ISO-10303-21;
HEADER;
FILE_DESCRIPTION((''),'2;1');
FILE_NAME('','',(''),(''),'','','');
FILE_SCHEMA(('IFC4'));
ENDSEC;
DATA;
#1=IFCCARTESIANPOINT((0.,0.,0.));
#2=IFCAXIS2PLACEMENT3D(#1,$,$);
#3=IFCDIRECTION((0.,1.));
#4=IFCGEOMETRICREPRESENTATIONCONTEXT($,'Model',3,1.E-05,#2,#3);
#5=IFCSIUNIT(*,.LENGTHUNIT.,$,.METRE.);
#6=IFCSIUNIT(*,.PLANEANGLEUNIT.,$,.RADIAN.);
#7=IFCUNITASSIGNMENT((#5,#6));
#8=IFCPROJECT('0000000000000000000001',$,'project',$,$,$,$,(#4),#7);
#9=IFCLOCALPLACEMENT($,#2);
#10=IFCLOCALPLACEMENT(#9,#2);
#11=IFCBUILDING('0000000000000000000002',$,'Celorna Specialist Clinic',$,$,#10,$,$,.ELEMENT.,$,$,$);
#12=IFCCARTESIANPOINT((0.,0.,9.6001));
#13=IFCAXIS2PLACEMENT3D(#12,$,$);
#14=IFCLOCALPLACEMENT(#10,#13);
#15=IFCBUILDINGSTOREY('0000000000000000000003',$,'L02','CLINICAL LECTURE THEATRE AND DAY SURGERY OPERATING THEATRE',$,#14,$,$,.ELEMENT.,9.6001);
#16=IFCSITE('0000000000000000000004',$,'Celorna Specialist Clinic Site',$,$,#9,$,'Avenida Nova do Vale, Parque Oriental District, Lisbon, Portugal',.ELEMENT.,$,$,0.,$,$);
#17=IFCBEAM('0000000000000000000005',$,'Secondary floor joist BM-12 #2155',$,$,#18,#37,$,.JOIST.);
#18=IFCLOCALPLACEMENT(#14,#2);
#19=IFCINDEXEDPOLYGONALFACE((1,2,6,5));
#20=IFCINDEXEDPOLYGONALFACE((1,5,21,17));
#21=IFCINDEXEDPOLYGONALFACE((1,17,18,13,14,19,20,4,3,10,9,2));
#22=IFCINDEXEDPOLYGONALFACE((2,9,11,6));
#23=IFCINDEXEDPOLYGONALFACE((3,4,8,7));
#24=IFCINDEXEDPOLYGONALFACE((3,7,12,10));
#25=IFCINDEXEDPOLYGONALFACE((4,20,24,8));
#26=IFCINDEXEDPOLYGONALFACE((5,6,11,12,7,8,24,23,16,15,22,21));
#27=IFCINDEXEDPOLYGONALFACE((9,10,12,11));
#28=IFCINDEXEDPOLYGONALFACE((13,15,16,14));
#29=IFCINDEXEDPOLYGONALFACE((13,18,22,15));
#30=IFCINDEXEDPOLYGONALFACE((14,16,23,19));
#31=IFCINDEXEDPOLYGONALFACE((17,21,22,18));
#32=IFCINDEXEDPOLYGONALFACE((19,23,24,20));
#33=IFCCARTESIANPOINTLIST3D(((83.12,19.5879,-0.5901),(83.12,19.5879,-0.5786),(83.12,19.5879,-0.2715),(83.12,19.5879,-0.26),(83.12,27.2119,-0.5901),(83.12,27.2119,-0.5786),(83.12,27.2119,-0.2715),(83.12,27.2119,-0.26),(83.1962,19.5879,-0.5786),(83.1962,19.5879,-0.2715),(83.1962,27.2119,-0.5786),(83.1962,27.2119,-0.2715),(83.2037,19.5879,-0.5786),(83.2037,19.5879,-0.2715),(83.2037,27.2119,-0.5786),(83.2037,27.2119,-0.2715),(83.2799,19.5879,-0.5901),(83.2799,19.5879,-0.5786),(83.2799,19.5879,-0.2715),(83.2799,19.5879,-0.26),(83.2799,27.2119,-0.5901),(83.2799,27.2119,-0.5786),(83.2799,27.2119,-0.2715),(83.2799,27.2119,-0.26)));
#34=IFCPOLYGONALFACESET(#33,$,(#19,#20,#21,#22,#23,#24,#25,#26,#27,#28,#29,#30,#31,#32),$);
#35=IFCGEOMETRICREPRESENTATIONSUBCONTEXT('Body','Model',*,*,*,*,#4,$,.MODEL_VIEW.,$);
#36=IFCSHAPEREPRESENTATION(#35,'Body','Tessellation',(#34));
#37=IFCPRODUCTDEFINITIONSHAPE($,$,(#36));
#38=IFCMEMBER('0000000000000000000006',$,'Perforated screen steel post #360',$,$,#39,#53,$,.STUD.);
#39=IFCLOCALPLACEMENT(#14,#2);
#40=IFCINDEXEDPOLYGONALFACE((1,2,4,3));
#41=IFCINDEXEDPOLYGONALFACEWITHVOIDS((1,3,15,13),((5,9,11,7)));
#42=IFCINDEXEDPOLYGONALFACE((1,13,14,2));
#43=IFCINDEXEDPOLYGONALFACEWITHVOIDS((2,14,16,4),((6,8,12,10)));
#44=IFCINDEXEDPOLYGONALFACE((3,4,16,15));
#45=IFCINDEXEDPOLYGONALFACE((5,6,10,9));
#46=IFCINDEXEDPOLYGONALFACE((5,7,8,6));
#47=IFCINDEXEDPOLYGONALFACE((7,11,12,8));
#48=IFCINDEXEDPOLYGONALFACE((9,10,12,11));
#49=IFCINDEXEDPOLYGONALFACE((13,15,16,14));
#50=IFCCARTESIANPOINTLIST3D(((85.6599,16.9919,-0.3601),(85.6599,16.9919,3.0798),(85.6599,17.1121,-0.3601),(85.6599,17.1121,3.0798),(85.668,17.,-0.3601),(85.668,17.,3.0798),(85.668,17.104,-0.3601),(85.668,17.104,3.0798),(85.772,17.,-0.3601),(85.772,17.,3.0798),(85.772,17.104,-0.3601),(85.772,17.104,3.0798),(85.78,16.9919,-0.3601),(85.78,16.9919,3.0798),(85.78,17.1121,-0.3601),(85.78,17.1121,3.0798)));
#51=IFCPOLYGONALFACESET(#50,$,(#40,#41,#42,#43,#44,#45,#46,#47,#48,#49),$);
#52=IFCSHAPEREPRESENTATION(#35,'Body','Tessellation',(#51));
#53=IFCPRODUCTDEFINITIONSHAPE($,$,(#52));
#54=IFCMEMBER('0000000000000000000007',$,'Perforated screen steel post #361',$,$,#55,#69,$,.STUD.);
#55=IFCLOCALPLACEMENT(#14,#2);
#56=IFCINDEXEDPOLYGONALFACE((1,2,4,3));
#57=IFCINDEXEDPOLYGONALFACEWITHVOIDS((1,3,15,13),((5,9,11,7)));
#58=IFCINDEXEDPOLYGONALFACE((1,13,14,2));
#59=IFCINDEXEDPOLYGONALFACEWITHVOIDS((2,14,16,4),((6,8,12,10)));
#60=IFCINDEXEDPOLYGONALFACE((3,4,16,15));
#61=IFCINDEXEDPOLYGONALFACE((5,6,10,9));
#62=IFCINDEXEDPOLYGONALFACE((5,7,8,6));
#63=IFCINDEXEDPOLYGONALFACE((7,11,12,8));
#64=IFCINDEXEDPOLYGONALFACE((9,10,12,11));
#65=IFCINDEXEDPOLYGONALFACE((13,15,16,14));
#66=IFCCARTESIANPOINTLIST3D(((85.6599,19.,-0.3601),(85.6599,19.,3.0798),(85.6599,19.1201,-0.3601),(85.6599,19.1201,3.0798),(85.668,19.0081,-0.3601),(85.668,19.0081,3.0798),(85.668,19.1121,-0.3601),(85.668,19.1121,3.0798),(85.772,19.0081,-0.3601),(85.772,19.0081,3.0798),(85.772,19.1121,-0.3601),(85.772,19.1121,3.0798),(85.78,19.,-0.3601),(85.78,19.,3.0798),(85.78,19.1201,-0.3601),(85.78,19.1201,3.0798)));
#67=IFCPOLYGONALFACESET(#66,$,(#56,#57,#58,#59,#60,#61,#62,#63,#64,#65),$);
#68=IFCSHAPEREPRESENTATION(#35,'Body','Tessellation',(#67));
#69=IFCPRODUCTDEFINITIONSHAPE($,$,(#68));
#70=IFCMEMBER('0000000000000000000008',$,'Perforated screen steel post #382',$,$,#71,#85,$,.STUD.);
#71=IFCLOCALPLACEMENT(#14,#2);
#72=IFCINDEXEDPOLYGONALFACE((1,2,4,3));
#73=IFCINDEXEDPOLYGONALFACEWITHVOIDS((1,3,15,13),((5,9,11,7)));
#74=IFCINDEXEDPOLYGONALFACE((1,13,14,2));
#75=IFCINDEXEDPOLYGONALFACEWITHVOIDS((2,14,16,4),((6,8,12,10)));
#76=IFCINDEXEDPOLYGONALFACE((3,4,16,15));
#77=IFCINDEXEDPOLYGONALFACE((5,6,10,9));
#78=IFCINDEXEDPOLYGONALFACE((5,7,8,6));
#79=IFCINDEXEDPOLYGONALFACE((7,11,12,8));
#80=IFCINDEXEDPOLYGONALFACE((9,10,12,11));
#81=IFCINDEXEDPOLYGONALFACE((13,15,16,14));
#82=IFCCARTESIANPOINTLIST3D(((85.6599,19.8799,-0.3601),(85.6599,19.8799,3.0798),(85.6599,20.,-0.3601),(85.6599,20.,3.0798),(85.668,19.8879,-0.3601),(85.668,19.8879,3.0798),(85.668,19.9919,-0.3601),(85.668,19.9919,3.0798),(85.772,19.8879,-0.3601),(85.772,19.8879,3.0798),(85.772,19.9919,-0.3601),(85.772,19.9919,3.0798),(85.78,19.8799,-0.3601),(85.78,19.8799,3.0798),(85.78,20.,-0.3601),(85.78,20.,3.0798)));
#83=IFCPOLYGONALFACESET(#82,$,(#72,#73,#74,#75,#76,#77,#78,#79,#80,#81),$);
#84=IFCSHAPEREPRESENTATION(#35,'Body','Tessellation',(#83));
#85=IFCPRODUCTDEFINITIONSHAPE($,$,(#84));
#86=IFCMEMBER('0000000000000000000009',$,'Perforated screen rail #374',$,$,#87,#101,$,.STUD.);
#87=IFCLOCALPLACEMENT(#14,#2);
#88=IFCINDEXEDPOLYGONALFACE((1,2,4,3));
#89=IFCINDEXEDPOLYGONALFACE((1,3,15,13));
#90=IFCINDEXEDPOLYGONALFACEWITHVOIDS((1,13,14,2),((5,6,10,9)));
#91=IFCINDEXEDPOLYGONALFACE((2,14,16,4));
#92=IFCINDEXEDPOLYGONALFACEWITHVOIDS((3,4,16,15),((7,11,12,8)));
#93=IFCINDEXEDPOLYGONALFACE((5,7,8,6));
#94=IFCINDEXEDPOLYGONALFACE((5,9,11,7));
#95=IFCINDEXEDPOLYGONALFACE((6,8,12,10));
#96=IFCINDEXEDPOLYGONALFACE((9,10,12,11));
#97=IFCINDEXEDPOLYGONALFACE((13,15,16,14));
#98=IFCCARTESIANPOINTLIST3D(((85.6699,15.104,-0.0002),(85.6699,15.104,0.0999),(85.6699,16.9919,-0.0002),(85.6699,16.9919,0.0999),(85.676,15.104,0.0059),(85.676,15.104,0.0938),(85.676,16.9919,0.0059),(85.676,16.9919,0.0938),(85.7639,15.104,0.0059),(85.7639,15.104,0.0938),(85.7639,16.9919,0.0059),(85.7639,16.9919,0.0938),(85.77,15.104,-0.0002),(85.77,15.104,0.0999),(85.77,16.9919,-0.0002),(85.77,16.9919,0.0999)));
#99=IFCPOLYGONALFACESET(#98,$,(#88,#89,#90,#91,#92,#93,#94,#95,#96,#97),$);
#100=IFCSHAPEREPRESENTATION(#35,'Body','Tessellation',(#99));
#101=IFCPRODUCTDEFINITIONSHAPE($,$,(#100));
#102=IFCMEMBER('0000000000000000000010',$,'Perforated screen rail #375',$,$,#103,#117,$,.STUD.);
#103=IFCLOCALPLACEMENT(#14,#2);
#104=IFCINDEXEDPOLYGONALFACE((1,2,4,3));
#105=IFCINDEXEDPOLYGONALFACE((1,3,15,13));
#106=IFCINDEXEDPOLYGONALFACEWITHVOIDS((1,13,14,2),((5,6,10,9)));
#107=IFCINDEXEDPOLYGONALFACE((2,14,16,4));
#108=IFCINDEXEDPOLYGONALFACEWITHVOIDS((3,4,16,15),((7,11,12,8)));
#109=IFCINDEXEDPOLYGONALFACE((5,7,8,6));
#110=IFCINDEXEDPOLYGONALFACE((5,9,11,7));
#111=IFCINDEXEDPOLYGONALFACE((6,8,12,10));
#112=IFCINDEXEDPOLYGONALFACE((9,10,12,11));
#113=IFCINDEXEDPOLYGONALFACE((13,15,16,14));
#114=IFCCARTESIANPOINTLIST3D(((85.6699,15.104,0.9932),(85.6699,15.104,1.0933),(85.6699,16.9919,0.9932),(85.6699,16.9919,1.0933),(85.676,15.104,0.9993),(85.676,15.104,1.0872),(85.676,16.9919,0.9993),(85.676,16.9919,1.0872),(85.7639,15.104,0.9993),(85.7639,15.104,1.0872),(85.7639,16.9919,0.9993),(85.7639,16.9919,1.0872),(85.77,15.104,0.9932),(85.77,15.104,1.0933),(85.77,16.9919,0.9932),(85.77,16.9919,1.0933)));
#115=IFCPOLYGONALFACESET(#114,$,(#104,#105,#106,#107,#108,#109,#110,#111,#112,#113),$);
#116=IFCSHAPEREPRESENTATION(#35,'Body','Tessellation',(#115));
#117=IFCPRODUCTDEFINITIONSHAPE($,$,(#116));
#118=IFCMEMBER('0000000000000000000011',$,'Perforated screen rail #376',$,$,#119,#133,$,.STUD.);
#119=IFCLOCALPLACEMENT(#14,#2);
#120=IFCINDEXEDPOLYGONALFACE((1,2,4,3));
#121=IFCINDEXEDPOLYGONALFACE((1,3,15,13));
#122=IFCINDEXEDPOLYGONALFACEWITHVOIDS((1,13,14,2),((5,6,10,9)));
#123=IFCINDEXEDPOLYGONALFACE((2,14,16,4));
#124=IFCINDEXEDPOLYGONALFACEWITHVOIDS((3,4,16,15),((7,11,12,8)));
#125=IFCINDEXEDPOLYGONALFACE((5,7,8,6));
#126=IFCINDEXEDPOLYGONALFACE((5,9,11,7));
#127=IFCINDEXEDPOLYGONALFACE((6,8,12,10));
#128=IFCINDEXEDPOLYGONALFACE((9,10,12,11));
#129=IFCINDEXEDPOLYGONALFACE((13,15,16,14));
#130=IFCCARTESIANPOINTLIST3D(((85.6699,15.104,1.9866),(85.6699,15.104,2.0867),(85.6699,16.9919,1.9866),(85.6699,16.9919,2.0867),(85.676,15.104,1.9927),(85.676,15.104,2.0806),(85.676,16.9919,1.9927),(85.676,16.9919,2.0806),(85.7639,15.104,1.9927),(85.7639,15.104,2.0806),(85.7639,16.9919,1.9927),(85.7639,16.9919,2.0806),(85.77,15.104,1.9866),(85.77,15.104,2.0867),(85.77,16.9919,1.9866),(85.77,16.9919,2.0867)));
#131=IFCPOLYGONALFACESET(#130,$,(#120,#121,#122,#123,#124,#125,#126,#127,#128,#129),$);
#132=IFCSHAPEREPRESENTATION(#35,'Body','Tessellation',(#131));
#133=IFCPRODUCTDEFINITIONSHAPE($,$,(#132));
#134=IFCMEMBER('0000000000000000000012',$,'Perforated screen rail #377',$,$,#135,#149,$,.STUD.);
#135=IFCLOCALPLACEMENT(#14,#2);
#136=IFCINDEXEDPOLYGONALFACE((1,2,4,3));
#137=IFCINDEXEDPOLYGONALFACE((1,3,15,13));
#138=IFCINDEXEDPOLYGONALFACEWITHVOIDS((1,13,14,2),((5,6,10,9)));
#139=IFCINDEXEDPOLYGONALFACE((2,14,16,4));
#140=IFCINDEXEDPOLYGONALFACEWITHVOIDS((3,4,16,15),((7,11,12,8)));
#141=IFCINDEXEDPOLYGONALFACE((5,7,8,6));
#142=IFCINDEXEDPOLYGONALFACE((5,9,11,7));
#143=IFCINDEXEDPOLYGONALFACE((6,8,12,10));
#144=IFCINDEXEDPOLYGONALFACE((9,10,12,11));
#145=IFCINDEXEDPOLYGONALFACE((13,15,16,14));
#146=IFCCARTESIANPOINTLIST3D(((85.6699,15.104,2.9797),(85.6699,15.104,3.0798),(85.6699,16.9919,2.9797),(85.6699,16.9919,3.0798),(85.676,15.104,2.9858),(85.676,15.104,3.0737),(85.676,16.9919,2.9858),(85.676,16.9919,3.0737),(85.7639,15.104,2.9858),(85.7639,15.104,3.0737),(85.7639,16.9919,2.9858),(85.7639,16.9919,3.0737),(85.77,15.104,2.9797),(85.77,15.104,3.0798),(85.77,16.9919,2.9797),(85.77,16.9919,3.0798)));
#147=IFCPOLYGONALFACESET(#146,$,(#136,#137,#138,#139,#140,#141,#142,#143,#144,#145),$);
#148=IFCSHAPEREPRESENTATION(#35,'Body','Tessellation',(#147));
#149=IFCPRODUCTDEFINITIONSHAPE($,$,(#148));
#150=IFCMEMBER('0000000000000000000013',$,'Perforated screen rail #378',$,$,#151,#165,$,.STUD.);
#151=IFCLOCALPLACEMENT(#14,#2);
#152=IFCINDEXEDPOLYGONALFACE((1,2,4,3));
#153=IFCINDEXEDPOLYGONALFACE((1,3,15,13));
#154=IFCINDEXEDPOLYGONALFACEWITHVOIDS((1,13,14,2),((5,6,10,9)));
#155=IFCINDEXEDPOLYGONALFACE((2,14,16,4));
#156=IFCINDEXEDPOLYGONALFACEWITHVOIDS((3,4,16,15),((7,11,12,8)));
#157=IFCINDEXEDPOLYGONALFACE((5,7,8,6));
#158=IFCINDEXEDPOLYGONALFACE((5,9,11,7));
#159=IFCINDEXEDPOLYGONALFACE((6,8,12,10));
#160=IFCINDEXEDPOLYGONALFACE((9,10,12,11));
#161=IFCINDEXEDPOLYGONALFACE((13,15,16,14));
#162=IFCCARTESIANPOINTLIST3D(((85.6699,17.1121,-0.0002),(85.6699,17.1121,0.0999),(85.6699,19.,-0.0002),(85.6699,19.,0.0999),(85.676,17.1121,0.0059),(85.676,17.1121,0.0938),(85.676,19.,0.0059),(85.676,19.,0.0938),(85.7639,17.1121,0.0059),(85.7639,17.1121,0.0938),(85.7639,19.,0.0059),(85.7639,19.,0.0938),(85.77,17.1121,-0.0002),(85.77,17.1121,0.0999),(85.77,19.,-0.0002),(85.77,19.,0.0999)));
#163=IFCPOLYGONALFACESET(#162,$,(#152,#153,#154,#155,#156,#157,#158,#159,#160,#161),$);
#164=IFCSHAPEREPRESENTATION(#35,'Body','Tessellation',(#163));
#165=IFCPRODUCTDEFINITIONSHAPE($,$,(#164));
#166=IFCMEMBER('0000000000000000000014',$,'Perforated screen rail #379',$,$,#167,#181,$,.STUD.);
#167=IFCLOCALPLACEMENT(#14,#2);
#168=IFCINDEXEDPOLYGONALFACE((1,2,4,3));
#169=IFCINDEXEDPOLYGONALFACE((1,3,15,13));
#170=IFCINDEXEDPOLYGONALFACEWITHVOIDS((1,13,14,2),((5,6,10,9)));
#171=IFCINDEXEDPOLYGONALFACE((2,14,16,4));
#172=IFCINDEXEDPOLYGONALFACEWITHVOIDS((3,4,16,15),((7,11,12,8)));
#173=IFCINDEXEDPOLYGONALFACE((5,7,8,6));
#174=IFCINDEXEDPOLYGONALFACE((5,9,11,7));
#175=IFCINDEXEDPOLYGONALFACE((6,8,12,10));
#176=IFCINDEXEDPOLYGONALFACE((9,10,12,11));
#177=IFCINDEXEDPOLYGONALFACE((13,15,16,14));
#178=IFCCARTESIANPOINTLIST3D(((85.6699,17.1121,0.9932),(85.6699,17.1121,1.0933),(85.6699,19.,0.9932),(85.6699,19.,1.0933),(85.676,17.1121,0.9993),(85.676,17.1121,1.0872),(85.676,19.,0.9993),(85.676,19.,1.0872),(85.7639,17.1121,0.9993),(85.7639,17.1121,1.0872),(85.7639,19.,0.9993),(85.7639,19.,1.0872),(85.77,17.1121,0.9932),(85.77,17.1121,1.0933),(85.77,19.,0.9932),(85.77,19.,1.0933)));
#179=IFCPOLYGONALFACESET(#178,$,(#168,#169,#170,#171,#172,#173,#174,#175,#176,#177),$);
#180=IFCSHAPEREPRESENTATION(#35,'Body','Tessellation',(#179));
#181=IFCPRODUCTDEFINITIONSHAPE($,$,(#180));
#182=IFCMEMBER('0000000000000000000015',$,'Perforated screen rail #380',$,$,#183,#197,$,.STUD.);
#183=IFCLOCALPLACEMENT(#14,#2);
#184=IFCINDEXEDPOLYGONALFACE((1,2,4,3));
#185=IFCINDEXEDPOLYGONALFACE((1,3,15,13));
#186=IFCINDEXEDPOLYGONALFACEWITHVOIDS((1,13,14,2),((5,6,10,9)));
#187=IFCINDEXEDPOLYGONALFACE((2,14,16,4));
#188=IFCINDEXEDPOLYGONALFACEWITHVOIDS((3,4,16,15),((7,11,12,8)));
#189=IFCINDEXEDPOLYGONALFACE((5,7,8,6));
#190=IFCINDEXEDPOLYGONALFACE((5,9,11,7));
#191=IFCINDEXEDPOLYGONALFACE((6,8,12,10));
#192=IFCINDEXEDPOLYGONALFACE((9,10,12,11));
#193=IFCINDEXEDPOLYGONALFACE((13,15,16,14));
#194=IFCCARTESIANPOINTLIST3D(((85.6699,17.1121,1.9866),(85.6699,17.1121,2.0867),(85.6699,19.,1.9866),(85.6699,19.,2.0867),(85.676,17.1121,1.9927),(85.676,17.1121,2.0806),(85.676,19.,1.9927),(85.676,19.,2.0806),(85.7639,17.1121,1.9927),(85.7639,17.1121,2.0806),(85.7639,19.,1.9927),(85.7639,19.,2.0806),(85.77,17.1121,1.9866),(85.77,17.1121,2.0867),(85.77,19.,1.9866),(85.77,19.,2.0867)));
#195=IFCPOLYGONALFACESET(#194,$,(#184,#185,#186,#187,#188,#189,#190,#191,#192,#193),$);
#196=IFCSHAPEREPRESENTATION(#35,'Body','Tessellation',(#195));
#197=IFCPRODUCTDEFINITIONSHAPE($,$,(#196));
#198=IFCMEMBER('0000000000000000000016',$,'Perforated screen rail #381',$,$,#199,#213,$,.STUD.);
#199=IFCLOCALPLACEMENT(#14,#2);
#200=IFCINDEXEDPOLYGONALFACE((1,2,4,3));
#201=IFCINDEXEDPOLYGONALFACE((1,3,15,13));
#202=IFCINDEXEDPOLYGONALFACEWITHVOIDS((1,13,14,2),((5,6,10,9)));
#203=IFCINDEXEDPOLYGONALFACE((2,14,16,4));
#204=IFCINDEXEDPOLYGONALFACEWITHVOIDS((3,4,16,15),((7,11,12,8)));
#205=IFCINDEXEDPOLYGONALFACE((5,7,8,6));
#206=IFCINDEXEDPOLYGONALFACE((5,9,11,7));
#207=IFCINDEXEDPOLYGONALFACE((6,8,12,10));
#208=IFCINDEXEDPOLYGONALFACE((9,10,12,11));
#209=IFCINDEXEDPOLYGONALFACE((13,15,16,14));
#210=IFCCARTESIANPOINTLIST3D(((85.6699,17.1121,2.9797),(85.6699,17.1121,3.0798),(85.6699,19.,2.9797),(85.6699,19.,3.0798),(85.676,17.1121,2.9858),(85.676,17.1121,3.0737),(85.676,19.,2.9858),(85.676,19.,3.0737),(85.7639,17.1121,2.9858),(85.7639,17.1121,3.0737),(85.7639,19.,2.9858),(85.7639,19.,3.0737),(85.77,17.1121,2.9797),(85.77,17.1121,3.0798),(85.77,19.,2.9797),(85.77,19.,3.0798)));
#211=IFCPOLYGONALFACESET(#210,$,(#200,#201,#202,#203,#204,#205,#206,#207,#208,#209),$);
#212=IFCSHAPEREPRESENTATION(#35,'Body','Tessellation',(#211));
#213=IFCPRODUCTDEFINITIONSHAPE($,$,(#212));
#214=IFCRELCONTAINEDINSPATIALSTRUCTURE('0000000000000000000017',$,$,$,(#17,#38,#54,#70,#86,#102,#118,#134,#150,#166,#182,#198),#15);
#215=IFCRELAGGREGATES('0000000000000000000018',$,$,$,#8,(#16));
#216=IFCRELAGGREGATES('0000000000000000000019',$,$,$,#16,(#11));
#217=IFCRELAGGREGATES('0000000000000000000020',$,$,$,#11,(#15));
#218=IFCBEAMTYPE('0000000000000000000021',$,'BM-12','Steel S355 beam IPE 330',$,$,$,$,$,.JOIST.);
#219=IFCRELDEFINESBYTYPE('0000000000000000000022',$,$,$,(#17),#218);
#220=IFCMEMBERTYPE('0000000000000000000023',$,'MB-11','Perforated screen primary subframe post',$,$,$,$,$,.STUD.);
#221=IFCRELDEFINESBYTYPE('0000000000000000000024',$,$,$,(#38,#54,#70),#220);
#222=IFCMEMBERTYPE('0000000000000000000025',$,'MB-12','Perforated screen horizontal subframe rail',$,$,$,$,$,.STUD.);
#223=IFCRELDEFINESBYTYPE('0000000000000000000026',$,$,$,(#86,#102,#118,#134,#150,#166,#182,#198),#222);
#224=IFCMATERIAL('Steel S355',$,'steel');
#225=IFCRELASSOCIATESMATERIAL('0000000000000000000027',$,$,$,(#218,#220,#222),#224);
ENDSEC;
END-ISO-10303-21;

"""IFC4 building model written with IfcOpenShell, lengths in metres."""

from ifc_helpers import new_model, si_unit, direction, frame, origin, origin_2d, place, context, subcontext, project, spatial, hollow_rectangle, i_section, extrude, material, material_profile, profile_set, type_object, element, save


model = new_model("IFC4")

# Units and contexts
model_context = context("Model", 3, precision=1e-05, world=origin(), true_north=direction((0.0, 1.0)))
body_context = subcontext(model_context, "Body", "Model", "MODEL_VIEW")
ifc_project = project(units=[si_unit("LENGTHUNIT", "METRE"), si_unit("PLANEANGLEUNIT", "RADIAN")], contexts=[model_context])

# Site, building, storey
site_placement = place(None, origin())
site = spatial("IfcSite", under=ifc_project, at=site_placement, Name="Celorna Specialist Clinic Site", LongName="Avenida Nova do Vale, Parque Oriental District, Lisbon, Portugal", CompositionType="ELEMENT", RefElevation=0.0)
building_placement = place(site_placement, origin())
building = spatial("IfcBuilding", under=site, at=building_placement, Name="Celorna Specialist Clinic", CompositionType="ELEMENT")
storey_placement = place(building_placement, frame((0.0, 0.0, 9.6001)))
storey = spatial("IfcBuildingStorey", under=building, at=storey_placement, Name="L02", Description="CLINICAL LECTURE THEATRE AND DAY SURGERY OPERATING THEATRE", CompositionType="ELEMENT", Elevation=9.6001)

# Beam
ifc_material_1 = material(Name="Steel S355", Category="steel")
ifc_material_profile_1 = material_profile(ifc_material_1, i_section(OverallWidth=0.1599, OverallDepth=0.3301, WebThickness=0.0076, FlangeThickness=0.0115, at=origin_2d()), Name="IPE 330")
ifc_profile_set_1 = profile_set([ifc_material_profile_1], Name="Steel S355")
beam_type = type_object("IfcBeamType", Name="BM-12", Description="Steel S355 beam IPE 330", PredefinedType="JOIST", material=ifc_profile_set_1)
beam_placement = place(storey_placement, frame((83.2, 19.5879, -0.425), z_axis=(0.0, 1.0, 0.0), x_axis=(-1.0, 0.0, 0.0)))
element("IfcBeam", 1, at=beam_placement, inside=storey, type_object=beam_type, Name="Secondary floor joist BM-12 #2155", PredefinedType="JOIST", context=body_context, shape_type="SweptSolid", body=[
    extrude(i_section(OverallWidth=0.1599, OverallDepth=0.3301, WebThickness=0.0076, FlangeThickness=0.0115, at=origin_2d()), origin(), (0.0, 0.0, 1.0), 7.624),
])

# Members
ifc_material_profile_2 = material_profile(ifc_material_1, hollow_rectangle(XDim=0.1201, YDim=0.1201, WallThickness=0.0081, at=origin_2d()), Name="SHS 120x120x8")
ifc_profile_set_2 = profile_set([ifc_material_profile_2], Name="Steel S355")
member_type_1 = type_object("IfcMemberType", Name="MB-11", Description="Perforated screen primary subframe post", PredefinedType="STUD", material=ifc_profile_set_2)
for number, where, z_axis, x_axis, name in (
    (2, (85.72, 17.052, -0.3601), (0.0, 0.0, 1.0), (1.0, 0.0, 0.0), "Perforated screen steel post #360"),
    (3, (85.72, 19.0601, -0.3601), (0.0, 0.0, 1.0), (1.0, 0.0, 0.0), "Perforated screen steel post #361"),
    (4, (85.72, 19.9399, -0.3601), (0.0, 0.0, 1.0), (1.0, 0.0, 0.0), "Perforated screen steel post #382"),
):
    element("IfcMember", number, at=place(storey_placement, frame(where, z_axis=z_axis, x_axis=x_axis)), inside=storey, type_object=member_type_1, Name=name, PredefinedType="STUD", context=body_context, shape_type="SweptSolid", body=[
        extrude(hollow_rectangle(XDim=0.1201, YDim=0.1201, WallThickness=0.0081, at=origin_2d()), origin(), (0.0, 0.0, 1.0), 3.4399),
    ])
ifc_material_profile_3 = material_profile(ifc_material_1, hollow_rectangle(XDim=0.1001, YDim=0.1001, WallThickness=0.0061, at=origin_2d()), Name="SHS 100x100x6")
ifc_profile_set_3 = profile_set([ifc_material_profile_3], Name="Steel S355")
member_type_2 = type_object("IfcMemberType", Name="MB-12", Description="Perforated screen horizontal subframe rail", PredefinedType="STUD", material=ifc_profile_set_3)
for number, where, z_axis, x_axis, name in (
    (5, (85.72, 15.104, 0.0498), (0.0, 1.0, 0.0), (-1.0, 0.0, 0.0), "Perforated screen rail #374"),
    (6, (85.72, 15.104, 1.0432), (0.0, 1.0, 0.0), (-1.0, 0.0, 0.0), "Perforated screen rail #375"),
    (7, (85.72, 15.104, 2.0366), (0.0, 1.0, 0.0), (-1.0, 0.0, 0.0), "Perforated screen rail #376"),
    (8, (85.72, 15.104, 3.0298), (0.0, 1.0, 0.0), (-1.0, 0.0, 0.0), "Perforated screen rail #377"),
    (9, (85.72, 17.1121, 0.0498), (0.0, 1.0, 0.0), (-1.0, 0.0, 0.0), "Perforated screen rail #378"),
    (10, (85.72, 17.1121, 1.0432), (0.0, 1.0, 0.0), (-1.0, 0.0, 0.0), "Perforated screen rail #379"),
    (11, (85.72, 17.1121, 2.0366), (0.0, 1.0, 0.0), (-1.0, 0.0, 0.0), "Perforated screen rail #380"),
    (12, (85.72, 17.1121, 3.0298), (0.0, 1.0, 0.0), (-1.0, 0.0, 0.0), "Perforated screen rail #381"),
):
    element("IfcMember", number, at=place(storey_placement, frame(where, z_axis=z_axis, x_axis=x_axis)), inside=storey, type_object=member_type_2, Name=name, PredefinedType="STUD", context=body_context, shape_type="SweptSolid", body=[
        extrude(hollow_rectangle(XDim=0.1001, YDim=0.1001, WallThickness=0.0061, at=origin_2d()), origin(), (0.0, 0.0, 1.0), 1.8879),
    ])

save(model, "model.ifc")
